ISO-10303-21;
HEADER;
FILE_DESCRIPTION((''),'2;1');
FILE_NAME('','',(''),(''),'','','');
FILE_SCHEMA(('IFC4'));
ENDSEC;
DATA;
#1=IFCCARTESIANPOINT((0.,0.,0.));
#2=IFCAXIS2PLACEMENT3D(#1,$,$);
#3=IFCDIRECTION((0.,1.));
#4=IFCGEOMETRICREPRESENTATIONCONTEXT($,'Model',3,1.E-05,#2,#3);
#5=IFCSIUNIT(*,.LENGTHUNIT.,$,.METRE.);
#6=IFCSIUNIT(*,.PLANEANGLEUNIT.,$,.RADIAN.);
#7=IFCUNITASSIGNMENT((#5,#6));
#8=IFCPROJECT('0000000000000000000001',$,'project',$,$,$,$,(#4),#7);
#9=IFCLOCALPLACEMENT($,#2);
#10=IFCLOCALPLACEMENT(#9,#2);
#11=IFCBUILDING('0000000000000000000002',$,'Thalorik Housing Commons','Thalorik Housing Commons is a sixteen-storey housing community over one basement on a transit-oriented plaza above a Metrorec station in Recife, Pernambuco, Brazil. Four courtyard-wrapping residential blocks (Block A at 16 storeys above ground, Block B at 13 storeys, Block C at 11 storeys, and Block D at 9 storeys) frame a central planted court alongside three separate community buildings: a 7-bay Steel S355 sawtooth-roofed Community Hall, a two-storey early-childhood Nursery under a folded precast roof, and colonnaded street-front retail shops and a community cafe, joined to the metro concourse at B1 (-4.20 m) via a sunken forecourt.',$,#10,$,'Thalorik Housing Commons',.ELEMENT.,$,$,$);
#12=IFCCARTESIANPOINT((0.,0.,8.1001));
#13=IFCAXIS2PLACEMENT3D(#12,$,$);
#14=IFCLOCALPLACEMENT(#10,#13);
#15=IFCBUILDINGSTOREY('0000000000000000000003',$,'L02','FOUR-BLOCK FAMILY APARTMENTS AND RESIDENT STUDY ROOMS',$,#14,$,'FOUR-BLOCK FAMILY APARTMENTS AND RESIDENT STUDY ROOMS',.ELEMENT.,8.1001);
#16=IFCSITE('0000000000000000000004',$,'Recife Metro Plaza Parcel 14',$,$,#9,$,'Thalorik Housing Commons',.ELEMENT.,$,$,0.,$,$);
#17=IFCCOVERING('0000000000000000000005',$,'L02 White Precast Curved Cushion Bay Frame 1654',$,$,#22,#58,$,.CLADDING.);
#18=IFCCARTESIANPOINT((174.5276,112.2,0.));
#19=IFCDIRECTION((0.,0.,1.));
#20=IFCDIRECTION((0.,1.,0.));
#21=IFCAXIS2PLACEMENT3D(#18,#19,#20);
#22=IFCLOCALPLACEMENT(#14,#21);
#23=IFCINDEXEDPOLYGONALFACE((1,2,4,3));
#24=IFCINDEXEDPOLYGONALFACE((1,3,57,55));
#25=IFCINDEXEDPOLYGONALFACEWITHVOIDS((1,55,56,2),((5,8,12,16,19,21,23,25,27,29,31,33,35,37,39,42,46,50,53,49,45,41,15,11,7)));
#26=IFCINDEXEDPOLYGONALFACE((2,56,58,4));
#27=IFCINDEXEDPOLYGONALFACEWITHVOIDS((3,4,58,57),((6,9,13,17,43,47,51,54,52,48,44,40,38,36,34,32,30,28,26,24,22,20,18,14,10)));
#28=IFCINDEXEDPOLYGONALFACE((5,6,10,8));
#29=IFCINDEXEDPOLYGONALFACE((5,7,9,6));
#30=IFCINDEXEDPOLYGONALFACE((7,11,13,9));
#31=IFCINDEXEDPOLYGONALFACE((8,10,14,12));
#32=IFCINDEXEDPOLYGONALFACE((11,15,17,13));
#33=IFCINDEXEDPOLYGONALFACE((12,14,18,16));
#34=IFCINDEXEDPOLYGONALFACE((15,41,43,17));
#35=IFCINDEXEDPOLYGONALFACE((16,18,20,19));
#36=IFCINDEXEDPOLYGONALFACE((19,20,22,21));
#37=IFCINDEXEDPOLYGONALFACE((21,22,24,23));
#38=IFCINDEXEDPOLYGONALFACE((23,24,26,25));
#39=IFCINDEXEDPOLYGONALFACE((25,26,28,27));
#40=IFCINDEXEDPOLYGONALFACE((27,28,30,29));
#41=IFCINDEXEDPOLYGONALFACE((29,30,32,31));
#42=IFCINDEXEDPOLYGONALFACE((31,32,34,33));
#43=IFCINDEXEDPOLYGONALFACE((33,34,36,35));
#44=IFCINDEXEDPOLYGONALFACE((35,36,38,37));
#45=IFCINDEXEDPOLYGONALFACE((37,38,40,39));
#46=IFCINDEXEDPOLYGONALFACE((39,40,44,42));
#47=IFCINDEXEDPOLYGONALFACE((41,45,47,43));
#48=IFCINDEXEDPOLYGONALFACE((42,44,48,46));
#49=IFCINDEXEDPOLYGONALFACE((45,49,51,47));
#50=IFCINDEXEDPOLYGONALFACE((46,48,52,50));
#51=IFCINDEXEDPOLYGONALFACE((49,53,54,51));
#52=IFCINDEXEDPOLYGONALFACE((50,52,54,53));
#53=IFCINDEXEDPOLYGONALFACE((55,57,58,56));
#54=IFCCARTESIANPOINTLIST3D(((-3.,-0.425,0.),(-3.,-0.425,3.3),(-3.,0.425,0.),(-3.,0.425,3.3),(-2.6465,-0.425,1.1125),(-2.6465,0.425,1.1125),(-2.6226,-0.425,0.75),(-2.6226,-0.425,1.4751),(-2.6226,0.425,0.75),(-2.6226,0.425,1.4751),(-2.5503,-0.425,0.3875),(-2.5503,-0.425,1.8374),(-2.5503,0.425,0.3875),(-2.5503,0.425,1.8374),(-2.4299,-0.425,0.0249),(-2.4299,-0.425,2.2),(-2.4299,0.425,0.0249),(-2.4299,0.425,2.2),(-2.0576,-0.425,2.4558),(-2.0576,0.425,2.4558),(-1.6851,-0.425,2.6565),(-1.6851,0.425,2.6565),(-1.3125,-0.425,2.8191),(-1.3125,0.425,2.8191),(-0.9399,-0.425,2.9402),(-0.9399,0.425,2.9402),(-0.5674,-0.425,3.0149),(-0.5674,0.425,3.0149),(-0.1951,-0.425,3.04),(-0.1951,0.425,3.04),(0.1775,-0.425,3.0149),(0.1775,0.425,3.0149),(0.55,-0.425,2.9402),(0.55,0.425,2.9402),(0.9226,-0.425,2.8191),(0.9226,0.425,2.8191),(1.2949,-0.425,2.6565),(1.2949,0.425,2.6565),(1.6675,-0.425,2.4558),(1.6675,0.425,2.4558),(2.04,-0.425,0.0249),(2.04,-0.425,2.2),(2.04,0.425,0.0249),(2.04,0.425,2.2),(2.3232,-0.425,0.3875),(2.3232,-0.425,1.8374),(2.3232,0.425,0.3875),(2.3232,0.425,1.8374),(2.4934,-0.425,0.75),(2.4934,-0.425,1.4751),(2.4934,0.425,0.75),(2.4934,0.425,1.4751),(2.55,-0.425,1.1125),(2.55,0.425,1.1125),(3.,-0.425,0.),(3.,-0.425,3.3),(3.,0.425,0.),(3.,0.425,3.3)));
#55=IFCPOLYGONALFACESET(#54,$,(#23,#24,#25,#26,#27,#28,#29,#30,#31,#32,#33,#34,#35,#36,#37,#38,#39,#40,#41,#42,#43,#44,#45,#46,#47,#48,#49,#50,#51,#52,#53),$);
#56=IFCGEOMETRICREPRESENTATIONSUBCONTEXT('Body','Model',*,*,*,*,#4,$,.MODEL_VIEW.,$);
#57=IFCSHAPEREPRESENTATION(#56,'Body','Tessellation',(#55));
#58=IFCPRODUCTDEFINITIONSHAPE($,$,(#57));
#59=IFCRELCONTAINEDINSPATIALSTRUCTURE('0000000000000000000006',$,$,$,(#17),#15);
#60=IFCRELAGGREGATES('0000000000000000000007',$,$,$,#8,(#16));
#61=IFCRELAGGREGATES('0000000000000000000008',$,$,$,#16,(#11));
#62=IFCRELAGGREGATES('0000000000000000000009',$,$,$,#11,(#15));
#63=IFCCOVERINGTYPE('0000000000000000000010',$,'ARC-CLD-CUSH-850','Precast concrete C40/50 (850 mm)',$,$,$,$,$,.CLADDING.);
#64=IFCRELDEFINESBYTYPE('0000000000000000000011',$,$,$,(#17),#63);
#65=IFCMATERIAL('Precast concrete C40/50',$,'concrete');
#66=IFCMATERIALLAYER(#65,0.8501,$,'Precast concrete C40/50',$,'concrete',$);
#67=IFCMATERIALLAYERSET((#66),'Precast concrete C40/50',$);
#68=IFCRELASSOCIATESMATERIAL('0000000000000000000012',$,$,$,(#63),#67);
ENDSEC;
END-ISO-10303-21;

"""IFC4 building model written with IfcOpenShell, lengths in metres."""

from ifc_helpers import new_model, si_unit, direction, frame, origin, place, context, subcontext, project, spatial, polyline, outline, extrude, material, layer, layer_set, type_object, element, save


model = new_model("IFC4")

# Units and contexts
model_context = context("Model", 3, precision=1e-05, world=origin(), true_north=direction((0.0, 1.0)))
body_context = subcontext(model_context, "Body", "Model", "MODEL_VIEW")
ifc_project = project(units=[si_unit("LENGTHUNIT", "METRE"), si_unit("PLANEANGLEUNIT", "RADIAN")], contexts=[model_context])

# Site, building, storey
site_placement = place(None, origin())
site = spatial("IfcSite", under=ifc_project, at=site_placement, Name="Recife Metro Plaza Parcel 14", LongName="Thalorik Housing Commons", CompositionType="ELEMENT", RefElevation=0.0)
building_placement = place(site_placement, origin())
building = spatial("IfcBuilding", under=site, at=building_placement, Name="Thalorik Housing Commons", Description="Thalorik Housing Commons is a sixteen-storey housing community over one basement on a transit-oriented plaza above a Metrorec station in Recife, Pernambuco, Brazil. Four courtyard-wrapping residential blocks (Block A at 16 storeys above ground, Block B at 13 storeys, Block C at 11 storeys, and Block D at 9 storeys) frame a central planted court alongside three separate community buildings: a 7-bay Steel S355 sawtooth-roofed Community Hall, a two-storey early-childhood Nursery under a folded precast roof, and colonnaded street-front retail shops and a community cafe, joined to the metro concourse at B1 (-4.20 m) via a sunken forecourt.", LongName="Thalorik Housing Commons", CompositionType="ELEMENT")
storey_placement = place(building_placement, frame((0.0, 0.0, 8.1001)))
storey = spatial("IfcBuildingStorey", under=building, at=storey_placement, Name="L02", Description="FOUR-BLOCK FAMILY APARTMENTS AND RESIDENT STUDY ROOMS", LongName="FOUR-BLOCK FAMILY APARTMENTS AND RESIDENT STUDY ROOMS", CompositionType="ELEMENT", Elevation=8.1001)

# Shared definitions
ifc_material_1 = material(Name="Precast concrete C40/50", Category="concrete")

# Covering
ifc_layer_1 = layer(ifc_material_1, 0.8501, Name="Precast concrete C40/50", Category="concrete")
ifc_layer_set_1 = layer_set([ifc_layer_1], Name="Precast concrete C40/50")
covering_type_1 = type_object("IfcCoveringType", Name="ARC-CLD-CUSH-850", Description="Precast concrete C40/50 (850 mm)", PredefinedType="CLADDING", material=ifc_layer_set_1)
covering_1_placement = place(storey_placement, frame((174.5276, 112.2, 0.0), z_axis=(0.0, 0.0, 1.0), x_axis=(0.0, 1.0, 0.0)))
element("IfcCovering", 1, at=covering_1_placement, inside=storey, type_object=covering_type_1, Name="L02 White Precast Curved Cushion Bay Frame 1654", PredefinedType="CLADDING", context=body_context, shape_type="SweptSolid", body=[
    extrude(outline(polyline([(-3.0, 0.0), (3.0, 0.0), (3.0, 3.3), (-3.0, 3.3), (-3.0, 0.0)]), holes=[polyline([(2.04, 0.0249), (2.3232, 0.3875), (2.4934, 0.75), (2.55, 1.1125), (2.4934, 1.4751), (2.3232, 1.8374), (2.04, 2.2), (1.6675, 2.4558), (1.2949, 2.6565), (0.9226, 2.8191), (0.55, 2.9402), (0.1775, 3.0149), (-0.1951, 3.04), (-0.5674, 3.0149), (-0.9399, 2.9402), (-1.3125, 2.8191), (-1.6851, 2.6565), (-2.0576, 2.4558), (-2.4299, 2.2), (-2.5503, 1.8374), (-2.6226, 1.4751), (-2.6465, 1.1125), (-2.6226, 0.75), (-2.5503, 0.3875), (-2.4299, 0.0249), (2.04, 0.0249)])]), frame((0.0, 0.425, 0.0), z_axis=(0.0, -1.0, 0.0), x_axis=(1.0, 0.0, 0.0)), (0.0, 0.0, 1.0), 0.8501),
])

save(model, "model.ifc")
